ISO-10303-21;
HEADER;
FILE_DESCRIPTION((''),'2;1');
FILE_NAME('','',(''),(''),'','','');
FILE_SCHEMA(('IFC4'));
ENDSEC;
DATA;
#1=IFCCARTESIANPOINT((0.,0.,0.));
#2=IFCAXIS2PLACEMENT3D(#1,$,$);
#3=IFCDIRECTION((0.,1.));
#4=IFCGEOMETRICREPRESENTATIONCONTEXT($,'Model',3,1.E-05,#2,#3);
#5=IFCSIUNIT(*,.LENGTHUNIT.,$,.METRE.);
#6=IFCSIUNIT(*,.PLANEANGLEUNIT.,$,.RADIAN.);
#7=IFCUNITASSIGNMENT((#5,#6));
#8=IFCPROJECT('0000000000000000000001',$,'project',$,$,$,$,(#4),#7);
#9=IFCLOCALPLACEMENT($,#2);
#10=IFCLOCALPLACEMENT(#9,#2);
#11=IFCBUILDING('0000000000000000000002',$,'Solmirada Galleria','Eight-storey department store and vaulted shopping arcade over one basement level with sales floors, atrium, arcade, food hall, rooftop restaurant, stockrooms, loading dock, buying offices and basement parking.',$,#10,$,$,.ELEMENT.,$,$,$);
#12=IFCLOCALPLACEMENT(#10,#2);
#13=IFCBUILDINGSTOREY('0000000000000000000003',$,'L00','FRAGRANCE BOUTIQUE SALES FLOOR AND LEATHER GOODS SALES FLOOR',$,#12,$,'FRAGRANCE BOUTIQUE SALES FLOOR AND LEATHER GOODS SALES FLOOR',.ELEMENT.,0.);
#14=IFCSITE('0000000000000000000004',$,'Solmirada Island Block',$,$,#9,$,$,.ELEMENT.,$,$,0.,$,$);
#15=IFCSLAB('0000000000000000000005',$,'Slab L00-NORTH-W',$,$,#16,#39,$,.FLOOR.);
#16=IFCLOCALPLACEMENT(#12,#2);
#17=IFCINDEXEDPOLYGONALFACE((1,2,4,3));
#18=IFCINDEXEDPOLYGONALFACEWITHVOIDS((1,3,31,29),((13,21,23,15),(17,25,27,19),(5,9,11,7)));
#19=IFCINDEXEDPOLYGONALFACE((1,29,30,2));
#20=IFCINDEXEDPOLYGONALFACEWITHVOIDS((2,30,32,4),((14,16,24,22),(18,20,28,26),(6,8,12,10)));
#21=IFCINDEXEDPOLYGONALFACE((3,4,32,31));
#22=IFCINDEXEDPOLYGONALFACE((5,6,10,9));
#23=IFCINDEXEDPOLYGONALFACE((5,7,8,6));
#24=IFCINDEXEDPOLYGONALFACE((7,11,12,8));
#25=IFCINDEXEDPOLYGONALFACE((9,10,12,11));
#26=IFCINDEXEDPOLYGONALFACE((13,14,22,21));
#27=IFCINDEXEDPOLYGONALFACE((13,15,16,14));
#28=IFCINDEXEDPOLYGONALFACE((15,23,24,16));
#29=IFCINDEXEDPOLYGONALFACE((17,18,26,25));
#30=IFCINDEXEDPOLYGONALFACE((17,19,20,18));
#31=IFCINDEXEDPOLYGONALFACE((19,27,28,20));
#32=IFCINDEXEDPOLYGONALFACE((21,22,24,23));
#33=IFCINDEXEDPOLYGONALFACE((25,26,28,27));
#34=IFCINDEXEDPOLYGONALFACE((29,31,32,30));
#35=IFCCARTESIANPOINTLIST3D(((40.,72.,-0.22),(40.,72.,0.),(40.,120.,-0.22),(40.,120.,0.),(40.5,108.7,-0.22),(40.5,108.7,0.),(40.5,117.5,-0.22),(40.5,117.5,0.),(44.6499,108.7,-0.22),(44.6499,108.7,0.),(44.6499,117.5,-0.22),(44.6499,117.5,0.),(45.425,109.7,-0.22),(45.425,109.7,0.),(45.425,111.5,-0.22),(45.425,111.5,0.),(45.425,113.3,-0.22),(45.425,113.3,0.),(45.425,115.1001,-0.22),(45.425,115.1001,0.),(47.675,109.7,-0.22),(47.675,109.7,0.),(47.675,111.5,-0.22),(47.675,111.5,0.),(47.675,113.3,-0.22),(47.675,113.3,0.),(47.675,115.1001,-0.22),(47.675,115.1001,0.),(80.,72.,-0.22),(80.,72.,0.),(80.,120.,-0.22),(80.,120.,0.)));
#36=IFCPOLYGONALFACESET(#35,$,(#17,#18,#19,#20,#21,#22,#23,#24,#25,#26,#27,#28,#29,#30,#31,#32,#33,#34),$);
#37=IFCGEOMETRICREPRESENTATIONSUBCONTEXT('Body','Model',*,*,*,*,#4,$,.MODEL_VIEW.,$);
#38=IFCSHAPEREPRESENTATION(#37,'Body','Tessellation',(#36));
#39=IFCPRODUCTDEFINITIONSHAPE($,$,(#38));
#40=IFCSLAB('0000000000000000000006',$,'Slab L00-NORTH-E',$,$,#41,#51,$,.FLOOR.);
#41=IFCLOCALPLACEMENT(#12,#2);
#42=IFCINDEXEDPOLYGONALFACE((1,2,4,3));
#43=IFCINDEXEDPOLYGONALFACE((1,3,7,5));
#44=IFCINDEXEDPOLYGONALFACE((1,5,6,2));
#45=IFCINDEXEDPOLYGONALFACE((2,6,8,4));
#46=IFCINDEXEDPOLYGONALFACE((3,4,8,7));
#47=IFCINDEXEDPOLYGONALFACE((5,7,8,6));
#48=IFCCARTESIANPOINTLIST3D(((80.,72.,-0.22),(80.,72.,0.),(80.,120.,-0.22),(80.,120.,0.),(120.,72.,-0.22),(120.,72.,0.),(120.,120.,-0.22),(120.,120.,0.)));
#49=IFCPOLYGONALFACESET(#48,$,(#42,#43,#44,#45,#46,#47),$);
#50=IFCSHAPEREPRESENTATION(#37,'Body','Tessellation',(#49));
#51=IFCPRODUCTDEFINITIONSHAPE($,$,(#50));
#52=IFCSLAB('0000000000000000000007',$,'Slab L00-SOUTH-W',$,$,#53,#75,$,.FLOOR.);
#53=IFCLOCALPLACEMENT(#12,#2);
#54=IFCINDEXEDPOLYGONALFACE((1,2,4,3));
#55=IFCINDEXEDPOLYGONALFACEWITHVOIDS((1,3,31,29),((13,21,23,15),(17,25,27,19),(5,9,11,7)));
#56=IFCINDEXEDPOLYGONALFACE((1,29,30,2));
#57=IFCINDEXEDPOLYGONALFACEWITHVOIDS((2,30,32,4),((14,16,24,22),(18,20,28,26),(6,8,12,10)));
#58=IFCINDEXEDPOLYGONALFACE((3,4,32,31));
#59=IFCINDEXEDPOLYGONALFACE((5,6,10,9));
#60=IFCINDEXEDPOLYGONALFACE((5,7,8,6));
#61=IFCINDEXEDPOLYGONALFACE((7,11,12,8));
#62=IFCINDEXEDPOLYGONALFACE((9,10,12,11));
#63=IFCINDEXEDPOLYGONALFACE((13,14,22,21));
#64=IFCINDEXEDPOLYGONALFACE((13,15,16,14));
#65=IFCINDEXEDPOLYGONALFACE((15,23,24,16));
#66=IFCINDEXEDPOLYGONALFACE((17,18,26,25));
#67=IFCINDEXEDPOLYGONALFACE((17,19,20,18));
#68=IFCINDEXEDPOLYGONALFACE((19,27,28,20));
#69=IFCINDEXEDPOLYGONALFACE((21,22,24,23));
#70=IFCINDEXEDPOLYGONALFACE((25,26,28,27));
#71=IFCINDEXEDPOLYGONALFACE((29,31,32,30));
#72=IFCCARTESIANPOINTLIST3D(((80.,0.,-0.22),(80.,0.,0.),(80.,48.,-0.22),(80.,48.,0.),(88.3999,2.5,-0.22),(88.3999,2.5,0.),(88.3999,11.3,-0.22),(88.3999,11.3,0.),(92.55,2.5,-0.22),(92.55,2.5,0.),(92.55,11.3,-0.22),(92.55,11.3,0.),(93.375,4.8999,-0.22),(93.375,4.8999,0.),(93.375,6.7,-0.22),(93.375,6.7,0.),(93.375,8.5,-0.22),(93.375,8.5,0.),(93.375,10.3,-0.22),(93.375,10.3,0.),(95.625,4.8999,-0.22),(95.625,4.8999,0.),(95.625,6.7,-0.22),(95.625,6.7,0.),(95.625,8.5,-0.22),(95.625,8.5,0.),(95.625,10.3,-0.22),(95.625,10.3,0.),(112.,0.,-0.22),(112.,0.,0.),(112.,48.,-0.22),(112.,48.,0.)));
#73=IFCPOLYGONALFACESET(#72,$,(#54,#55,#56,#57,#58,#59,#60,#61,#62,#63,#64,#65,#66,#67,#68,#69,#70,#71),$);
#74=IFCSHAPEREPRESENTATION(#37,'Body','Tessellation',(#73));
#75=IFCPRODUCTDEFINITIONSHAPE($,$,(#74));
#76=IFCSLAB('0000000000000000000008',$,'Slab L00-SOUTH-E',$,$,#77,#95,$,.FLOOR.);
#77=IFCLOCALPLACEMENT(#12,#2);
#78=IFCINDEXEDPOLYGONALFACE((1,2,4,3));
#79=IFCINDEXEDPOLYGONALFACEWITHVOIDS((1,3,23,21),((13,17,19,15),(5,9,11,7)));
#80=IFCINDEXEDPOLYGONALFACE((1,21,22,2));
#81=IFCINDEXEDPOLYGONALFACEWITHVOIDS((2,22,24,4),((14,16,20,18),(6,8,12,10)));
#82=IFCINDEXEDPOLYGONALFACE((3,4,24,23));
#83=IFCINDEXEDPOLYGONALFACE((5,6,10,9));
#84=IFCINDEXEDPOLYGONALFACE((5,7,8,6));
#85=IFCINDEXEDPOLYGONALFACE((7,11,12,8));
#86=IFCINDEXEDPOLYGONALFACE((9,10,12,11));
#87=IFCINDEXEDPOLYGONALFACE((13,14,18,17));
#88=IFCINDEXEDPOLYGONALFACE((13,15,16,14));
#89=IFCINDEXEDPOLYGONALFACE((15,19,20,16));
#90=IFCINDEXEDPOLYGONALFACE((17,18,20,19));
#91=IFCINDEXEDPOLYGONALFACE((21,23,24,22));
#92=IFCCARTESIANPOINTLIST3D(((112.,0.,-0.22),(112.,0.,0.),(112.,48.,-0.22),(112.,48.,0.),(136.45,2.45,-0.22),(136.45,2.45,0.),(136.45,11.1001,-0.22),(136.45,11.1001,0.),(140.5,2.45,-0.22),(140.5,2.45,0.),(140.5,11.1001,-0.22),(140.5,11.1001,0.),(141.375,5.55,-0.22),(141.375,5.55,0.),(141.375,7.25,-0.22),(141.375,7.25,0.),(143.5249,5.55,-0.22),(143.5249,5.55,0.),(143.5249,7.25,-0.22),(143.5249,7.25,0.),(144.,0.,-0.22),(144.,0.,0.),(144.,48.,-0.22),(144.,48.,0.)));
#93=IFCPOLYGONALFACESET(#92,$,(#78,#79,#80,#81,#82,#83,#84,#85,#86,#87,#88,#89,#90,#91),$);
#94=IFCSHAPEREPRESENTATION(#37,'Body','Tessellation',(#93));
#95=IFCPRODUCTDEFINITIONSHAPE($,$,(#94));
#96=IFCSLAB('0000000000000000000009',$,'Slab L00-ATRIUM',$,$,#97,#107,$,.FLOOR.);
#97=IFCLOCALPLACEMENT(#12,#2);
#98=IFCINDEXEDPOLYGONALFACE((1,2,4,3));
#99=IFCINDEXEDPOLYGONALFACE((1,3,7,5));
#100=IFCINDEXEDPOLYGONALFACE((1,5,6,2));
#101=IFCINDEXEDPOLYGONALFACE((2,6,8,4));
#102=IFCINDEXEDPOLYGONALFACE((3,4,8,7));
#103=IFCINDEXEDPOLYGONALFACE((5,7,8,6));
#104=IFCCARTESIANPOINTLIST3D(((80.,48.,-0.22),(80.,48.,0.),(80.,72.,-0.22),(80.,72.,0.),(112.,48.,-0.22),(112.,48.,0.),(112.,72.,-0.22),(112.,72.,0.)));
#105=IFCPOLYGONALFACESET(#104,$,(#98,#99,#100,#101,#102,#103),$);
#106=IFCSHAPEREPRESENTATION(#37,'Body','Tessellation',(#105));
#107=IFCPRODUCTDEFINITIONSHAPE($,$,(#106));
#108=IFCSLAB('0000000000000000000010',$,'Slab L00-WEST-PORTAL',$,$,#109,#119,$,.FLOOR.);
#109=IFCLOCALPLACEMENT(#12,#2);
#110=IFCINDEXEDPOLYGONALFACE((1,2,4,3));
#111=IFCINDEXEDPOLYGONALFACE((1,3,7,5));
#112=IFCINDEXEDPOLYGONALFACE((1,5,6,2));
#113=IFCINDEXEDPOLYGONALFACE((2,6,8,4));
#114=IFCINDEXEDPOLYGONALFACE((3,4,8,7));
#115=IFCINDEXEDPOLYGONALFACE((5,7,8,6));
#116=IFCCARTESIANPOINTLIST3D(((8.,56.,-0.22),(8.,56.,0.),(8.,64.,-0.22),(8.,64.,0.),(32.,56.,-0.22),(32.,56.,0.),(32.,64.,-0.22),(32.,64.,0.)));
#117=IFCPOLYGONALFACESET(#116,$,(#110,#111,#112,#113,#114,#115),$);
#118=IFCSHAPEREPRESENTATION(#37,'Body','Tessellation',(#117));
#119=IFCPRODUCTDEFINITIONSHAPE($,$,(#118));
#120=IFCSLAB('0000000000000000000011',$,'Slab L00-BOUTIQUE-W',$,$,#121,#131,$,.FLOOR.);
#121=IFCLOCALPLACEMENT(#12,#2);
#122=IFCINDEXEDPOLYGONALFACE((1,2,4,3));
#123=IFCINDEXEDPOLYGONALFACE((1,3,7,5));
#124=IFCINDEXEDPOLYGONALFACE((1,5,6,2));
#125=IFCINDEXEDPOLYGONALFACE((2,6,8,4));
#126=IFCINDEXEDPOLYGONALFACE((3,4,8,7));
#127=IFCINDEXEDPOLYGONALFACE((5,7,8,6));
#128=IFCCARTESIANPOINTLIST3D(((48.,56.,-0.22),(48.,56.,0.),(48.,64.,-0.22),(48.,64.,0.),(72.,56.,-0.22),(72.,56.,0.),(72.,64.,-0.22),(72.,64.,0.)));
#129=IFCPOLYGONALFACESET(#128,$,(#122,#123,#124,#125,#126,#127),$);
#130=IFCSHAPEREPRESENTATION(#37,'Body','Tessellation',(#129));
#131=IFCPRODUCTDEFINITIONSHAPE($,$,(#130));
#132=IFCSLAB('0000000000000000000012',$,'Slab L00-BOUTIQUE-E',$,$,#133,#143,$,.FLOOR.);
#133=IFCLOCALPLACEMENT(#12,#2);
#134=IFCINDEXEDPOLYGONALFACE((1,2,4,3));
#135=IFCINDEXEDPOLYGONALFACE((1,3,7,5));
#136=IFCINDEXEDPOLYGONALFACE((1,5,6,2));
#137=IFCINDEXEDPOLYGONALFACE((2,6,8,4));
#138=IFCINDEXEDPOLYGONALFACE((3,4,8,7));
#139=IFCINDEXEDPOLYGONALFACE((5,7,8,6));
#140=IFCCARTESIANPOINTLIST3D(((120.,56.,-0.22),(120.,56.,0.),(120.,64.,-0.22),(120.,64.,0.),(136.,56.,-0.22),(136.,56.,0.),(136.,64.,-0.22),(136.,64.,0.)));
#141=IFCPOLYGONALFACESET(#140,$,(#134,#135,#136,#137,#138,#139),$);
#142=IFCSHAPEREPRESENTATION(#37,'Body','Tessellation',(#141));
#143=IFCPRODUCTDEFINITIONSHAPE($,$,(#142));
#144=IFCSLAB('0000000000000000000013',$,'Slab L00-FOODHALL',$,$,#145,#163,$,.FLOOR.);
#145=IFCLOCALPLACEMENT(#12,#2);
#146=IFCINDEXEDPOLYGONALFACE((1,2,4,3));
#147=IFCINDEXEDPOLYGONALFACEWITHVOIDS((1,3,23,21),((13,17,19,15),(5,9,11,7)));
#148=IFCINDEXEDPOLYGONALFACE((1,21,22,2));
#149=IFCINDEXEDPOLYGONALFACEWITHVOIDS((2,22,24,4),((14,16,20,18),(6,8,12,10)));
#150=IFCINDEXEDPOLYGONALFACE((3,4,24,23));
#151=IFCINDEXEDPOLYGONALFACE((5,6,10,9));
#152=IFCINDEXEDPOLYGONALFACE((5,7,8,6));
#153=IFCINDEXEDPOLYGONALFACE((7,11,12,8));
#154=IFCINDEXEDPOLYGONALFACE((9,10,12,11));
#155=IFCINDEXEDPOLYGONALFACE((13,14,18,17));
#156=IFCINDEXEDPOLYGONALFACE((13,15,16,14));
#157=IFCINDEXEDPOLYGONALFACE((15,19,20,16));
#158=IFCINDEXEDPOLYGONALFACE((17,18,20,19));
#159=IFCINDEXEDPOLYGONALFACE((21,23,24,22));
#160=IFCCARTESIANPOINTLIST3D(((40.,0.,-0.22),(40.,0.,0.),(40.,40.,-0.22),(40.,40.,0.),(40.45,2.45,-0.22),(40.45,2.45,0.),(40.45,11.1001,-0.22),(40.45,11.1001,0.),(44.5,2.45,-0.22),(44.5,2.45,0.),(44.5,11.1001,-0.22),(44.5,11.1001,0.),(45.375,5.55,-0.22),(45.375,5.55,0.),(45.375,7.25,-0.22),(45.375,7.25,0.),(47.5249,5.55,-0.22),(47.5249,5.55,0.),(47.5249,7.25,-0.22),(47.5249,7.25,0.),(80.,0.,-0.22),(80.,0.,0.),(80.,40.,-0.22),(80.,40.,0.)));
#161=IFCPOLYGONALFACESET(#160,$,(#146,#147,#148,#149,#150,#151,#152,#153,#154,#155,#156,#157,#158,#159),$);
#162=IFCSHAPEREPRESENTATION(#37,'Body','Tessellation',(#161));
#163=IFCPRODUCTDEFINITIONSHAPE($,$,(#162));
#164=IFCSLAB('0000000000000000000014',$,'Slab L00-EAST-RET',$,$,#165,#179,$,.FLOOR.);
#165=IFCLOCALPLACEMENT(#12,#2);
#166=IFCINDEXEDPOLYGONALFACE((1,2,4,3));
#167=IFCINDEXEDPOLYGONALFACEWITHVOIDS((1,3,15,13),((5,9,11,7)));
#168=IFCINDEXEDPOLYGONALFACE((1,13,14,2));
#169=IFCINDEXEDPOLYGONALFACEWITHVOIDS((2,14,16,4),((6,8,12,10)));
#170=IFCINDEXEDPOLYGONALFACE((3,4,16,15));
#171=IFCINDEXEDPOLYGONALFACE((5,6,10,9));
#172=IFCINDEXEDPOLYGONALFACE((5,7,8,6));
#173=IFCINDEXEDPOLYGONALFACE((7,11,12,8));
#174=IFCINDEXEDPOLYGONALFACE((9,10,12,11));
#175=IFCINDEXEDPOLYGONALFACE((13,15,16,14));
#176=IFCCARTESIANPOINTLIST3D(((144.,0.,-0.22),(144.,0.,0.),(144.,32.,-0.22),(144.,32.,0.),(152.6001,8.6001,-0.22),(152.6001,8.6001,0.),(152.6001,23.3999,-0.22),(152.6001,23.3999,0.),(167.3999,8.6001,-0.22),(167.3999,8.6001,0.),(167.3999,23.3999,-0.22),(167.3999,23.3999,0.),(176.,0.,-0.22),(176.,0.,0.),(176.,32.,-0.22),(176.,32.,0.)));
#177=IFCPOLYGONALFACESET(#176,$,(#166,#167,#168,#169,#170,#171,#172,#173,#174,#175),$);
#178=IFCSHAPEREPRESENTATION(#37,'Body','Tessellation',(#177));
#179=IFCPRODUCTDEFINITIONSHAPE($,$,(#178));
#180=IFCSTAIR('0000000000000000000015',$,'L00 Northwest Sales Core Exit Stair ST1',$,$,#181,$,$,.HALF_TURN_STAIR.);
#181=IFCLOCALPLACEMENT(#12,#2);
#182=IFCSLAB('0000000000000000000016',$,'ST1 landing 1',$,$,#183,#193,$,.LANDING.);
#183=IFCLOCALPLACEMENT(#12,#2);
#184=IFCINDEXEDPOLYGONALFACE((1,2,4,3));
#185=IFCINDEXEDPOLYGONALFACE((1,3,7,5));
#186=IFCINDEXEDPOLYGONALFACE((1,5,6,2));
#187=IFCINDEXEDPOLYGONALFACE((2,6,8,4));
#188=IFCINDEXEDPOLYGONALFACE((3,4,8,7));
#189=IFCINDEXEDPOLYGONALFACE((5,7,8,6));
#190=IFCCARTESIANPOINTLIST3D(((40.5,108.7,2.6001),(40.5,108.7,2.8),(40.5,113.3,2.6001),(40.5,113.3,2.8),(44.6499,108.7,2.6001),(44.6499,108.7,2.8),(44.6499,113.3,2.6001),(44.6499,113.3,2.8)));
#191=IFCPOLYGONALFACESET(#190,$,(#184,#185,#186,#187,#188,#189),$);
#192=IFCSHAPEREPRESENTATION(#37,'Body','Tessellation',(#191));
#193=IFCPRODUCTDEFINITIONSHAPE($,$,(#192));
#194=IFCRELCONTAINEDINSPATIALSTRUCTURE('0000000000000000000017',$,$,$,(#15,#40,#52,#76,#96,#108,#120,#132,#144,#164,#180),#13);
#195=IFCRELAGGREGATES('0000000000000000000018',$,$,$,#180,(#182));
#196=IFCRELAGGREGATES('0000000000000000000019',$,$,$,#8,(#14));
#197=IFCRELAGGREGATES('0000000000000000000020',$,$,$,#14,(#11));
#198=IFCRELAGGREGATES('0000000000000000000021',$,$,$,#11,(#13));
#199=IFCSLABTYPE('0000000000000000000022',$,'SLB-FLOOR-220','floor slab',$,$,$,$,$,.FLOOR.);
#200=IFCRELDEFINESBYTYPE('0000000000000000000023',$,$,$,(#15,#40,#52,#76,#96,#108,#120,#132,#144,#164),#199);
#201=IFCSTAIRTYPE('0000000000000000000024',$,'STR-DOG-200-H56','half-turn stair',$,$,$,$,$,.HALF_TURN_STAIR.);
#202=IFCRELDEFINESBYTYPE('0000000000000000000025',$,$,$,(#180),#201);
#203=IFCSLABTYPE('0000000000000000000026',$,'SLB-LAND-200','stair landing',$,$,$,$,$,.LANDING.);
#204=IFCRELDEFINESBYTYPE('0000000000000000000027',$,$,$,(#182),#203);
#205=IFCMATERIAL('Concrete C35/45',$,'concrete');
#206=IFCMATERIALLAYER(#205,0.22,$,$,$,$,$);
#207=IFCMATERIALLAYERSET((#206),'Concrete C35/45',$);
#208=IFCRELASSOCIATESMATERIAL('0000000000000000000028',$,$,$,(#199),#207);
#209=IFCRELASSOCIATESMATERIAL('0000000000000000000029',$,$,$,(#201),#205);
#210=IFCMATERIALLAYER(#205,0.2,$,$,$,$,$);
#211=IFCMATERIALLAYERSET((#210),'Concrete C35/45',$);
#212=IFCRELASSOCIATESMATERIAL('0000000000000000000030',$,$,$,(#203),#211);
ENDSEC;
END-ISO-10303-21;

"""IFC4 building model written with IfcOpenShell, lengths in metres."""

from ifc_helpers import new_model, si_unit, direction, frame, origin, place, context, subcontext, project, spatial, polyline, outline, extrude, material, layer, layer_set, type_object, element, aggregate, save


model = new_model("IFC4")

# Units and contexts
model_context = context("Model", 3, precision=1e-05, world=origin(), true_north=direction((0.0, 1.0)))
body_context = subcontext(model_context, "Body", "Model", "MODEL_VIEW")
ifc_project = project(units=[si_unit("LENGTHUNIT", "METRE"), si_unit("PLANEANGLEUNIT", "RADIAN")], contexts=[model_context])

# Site, building, storey
site_placement = place(None, origin())
site = spatial("IfcSite", under=ifc_project, at=site_placement, Name="Solmirada Island Block", CompositionType="ELEMENT", RefElevation=0.0)
building_placement = place(site_placement, origin())
building = spatial("IfcBuilding", under=site, at=building_placement, Name="Solmirada Galleria", Description="Eight-storey department store and vaulted shopping arcade over one basement level with sales floors, atrium, arcade, food hall, rooftop restaurant, stockrooms, loading dock, buying offices and basement parking.", CompositionType="ELEMENT")
storey_placement = place(building_placement, origin())
storey = spatial("IfcBuildingStorey", under=building, at=storey_placement, Name="L00", Description="FRAGRANCE BOUTIQUE SALES FLOOR AND LEATHER GOODS SALES FLOOR", LongName="FRAGRANCE BOUTIQUE SALES FLOOR AND LEATHER GOODS SALES FLOOR", CompositionType="ELEMENT", Elevation=0.0)

# Slabs
ifc_material_1 = material(Name="Concrete C35/45", Category="concrete")
ifc_layer_1 = layer(ifc_material_1, 0.22)
ifc_layer_set_1 = layer_set([ifc_layer_1], Name="Concrete C35/45")
slab_type_1 = type_object("IfcSlabType", Name="SLB-FLOOR-220", Description="floor slab", PredefinedType="FLOOR", material=ifc_layer_set_1)
slab_1_placement = place(storey_placement, frame((0.0, 0.0, -0.22)))
element("IfcSlab", 1, at=slab_1_placement, inside=storey, type_object=slab_type_1, Name="Slab L00-NORTH-W", PredefinedType="FLOOR", context=body_context, shape_type="SweptSolid", body=[
    extrude(outline(polyline([(40.0, 72.0), (80.0, 72.0), (80.0, 120.0), (40.0, 120.0), (40.0, 72.0)]), holes=[polyline([(40.5, 108.7), (44.6499, 108.7), (44.6499, 117.5), (40.5, 117.5), (40.5, 108.7)]), polyline([(45.425, 113.3), (47.675, 113.3), (47.675, 115.1001), (45.425, 115.1001), (45.425, 113.3)]), polyline([(45.425, 109.7), (47.675, 109.7), (47.675, 111.5), (45.425, 111.5), (45.425, 109.7)])]), origin(), (0.0, 0.0, 1.0), 0.22),
])
slab_2_placement = place(storey_placement, frame((0.0, 0.0, -0.22)))
element("IfcSlab", 2, at=slab_2_placement, inside=storey, type_object=slab_type_1, Name="Slab L00-NORTH-E", PredefinedType="FLOOR", context=body_context, shape_type="SweptSolid", body=[
    extrude(outline(polyline([(80.0, 72.0), (120.0, 72.0), (120.0, 120.0), (80.0, 120.0), (80.0, 72.0)])), origin(), (0.0, 0.0, 1.0), 0.22),
])
slab_3_placement = place(storey_placement, frame((0.0, 0.0, -0.22)))
element("IfcSlab", 3, at=slab_3_placement, inside=storey, type_object=slab_type_1, Name="Slab L00-SOUTH-W", PredefinedType="FLOOR", context=body_context, shape_type="SweptSolid", body=[
    extrude(outline(polyline([(80.0, 0.0), (112.0, 0.0), (112.0, 48.0), (80.0, 48.0), (80.0, 0.0)]), holes=[polyline([(88.3999, 2.5), (92.55, 2.5), (92.55, 11.3), (88.3999, 11.3), (88.3999, 2.5)]), polyline([(93.375, 4.8999), (95.625, 4.8999), (95.625, 6.7), (93.375, 6.7), (93.375, 4.8999)]), polyline([(93.375, 8.5), (95.625, 8.5), (95.625, 10.3), (93.375, 10.3), (93.375, 8.5)])]), origin(), (0.0, 0.0, 1.0), 0.22),
])
slab_4_placement = place(storey_placement, frame((0.0, 0.0, -0.22)))
element("IfcSlab", 4, at=slab_4_placement, inside=storey, type_object=slab_type_1, Name="Slab L00-SOUTH-E", PredefinedType="FLOOR", context=body_context, shape_type="SweptSolid", body=[
    extrude(outline(polyline([(112.0, 0.0), (144.0, 0.0), (144.0, 48.0), (112.0, 48.0), (112.0, 0.0)]), holes=[polyline([(136.45, 2.45), (140.5, 2.45), (140.5, 11.1001), (136.45, 11.1001), (136.45, 2.45)]), polyline([(141.375, 5.55), (143.5249, 5.55), (143.5249, 7.25), (141.375, 7.25), (141.375, 5.55)])]), origin(), (0.0, 0.0, 1.0), 0.22),
])
slab_5_placement = place(storey_placement, frame((0.0, 0.0, -0.22)))
element("IfcSlab", 5, at=slab_5_placement, inside=storey, type_object=slab_type_1, Name="Slab L00-ATRIUM", PredefinedType="FLOOR", context=body_context, shape_type="SweptSolid", body=[
    extrude(outline(polyline([(80.0, 48.0), (112.0, 48.0), (112.0, 72.0), (80.0, 72.0), (80.0, 48.0)])), origin(), (0.0, 0.0, 1.0), 0.22),
])
slab_6_placement = place(storey_placement, frame((0.0, 0.0, -0.22)))
element("IfcSlab", 6, at=slab_6_placement, inside=storey, type_object=slab_type_1, Name="Slab L00-WEST-PORTAL", PredefinedType="FLOOR", context=body_context, shape_type="SweptSolid", body=[
    extrude(outline(polyline([(8.0, 56.0), (32.0, 56.0), (32.0, 64.0), (8.0, 64.0), (8.0, 56.0)])), origin(), (0.0, 0.0, 1.0), 0.22),
])
slab_7_placement = place(storey_placement, frame((0.0, 0.0, -0.22)))
element("IfcSlab", 7, at=slab_7_placement, inside=storey, type_object=slab_type_1, Name="Slab L00-BOUTIQUE-W", PredefinedType="FLOOR", context=body_context, shape_type="SweptSolid", body=[
    extrude(outline(polyline([(48.0, 56.0), (72.0, 56.0), (72.0, 64.0), (48.0, 64.0), (48.0, 56.0)])), origin(), (0.0, 0.0, 1.0), 0.22),
])
slab_8_placement = place(storey_placement, frame((0.0, 0.0, -0.22)))
element("IfcSlab", 8, at=slab_8_placement, inside=storey, type_object=slab_type_1, Name="Slab L00-BOUTIQUE-E", PredefinedType="FLOOR", context=body_context, shape_type="SweptSolid", body=[
    extrude(outline(polyline([(120.0, 56.0), (136.0, 56.0), (136.0, 64.0), (120.0, 64.0), (120.0, 56.0)])), origin(), (0.0, 0.0, 1.0), 0.22),
])
slab_9_placement = place(storey_placement, frame((0.0, 0.0, -0.22)))
element("IfcSlab", 9, at=slab_9_placement, inside=storey, type_object=slab_type_1, Name="Slab L00-FOODHALL", PredefinedType="FLOOR", context=body_context, shape_type="SweptSolid", body=[
    extrude(outline(polyline([(40.0, 0.0), (80.0, 0.0), (80.0, 40.0), (40.0, 40.0), (40.0, 0.0)]), holes=[polyline([(40.45, 2.45), (44.5, 2.45), (44.5, 11.1001), (40.45, 11.1001), (40.45, 2.45)]), polyline([(45.375, 5.55), (47.5249, 5.55), (47.5249, 7.25), (45.375, 7.25), (45.375, 5.55)])]), origin(), (0.0, 0.0, 1.0), 0.22),
])
slab_10_placement = place(storey_placement, frame((0.0, 0.0, -0.22)))
element("IfcSlab", 10, at=slab_10_placement, inside=storey, type_object=slab_type_1, Name="Slab L00-EAST-RET", PredefinedType="FLOOR", context=body_context, shape_type="SweptSolid", body=[
    extrude(outline(polyline([(144.0, 0.0), (176.0, 0.0), (176.0, 32.0), (144.0, 32.0), (144.0, 0.0)]), holes=[polyline([(152.6001, 8.6001), (167.3999, 8.6001), (167.3999, 23.3999), (152.6001, 23.3999), (152.6001, 8.6001)])]), origin(), (0.0, 0.0, 1.0), 0.22),
])

# Stair, slab
stair_type_1 = type_object("IfcStairType", Name="STR-DOG-200-H56", Description="half-turn stair", PredefinedType="HALF_TURN_STAIR", material=ifc_material_1)
stair_1_placement = place(storey_placement, origin())
stair_1 = element("IfcStair", 11, at=stair_1_placement, inside=storey, type_object=stair_type_1, Name="L00 Northwest Sales Core Exit Stair ST1", PredefinedType="HALF_TURN_STAIR")
ifc_layer_2 = layer(ifc_material_1, 0.2)
ifc_layer_set_2 = layer_set([ifc_layer_2], Name="Concrete C35/45")
slab_type_2 = type_object("IfcSlabType", Name="SLB-LAND-200", Description="stair landing", PredefinedType="LANDING", material=ifc_layer_set_2)
slab_11_placement = place(storey_placement, frame((0.0, 0.0, 2.6001)))
slab_11 = element("IfcSlab", 12, at=slab_11_placement, type_object=slab_type_2, Name="ST1 landing 1", PredefinedType="LANDING", context=body_context, shape_type="SweptSolid", body=[
    extrude(outline(polyline([(40.5, 113.3), (40.5, 108.7), (44.6499, 108.7), (44.6499, 113.3), (40.5, 113.3)])), origin(), (0.0, 0.0, 1.0), 0.2),
])
aggregate(stair_1, [slab_11])

save(model, "model.ifc")
